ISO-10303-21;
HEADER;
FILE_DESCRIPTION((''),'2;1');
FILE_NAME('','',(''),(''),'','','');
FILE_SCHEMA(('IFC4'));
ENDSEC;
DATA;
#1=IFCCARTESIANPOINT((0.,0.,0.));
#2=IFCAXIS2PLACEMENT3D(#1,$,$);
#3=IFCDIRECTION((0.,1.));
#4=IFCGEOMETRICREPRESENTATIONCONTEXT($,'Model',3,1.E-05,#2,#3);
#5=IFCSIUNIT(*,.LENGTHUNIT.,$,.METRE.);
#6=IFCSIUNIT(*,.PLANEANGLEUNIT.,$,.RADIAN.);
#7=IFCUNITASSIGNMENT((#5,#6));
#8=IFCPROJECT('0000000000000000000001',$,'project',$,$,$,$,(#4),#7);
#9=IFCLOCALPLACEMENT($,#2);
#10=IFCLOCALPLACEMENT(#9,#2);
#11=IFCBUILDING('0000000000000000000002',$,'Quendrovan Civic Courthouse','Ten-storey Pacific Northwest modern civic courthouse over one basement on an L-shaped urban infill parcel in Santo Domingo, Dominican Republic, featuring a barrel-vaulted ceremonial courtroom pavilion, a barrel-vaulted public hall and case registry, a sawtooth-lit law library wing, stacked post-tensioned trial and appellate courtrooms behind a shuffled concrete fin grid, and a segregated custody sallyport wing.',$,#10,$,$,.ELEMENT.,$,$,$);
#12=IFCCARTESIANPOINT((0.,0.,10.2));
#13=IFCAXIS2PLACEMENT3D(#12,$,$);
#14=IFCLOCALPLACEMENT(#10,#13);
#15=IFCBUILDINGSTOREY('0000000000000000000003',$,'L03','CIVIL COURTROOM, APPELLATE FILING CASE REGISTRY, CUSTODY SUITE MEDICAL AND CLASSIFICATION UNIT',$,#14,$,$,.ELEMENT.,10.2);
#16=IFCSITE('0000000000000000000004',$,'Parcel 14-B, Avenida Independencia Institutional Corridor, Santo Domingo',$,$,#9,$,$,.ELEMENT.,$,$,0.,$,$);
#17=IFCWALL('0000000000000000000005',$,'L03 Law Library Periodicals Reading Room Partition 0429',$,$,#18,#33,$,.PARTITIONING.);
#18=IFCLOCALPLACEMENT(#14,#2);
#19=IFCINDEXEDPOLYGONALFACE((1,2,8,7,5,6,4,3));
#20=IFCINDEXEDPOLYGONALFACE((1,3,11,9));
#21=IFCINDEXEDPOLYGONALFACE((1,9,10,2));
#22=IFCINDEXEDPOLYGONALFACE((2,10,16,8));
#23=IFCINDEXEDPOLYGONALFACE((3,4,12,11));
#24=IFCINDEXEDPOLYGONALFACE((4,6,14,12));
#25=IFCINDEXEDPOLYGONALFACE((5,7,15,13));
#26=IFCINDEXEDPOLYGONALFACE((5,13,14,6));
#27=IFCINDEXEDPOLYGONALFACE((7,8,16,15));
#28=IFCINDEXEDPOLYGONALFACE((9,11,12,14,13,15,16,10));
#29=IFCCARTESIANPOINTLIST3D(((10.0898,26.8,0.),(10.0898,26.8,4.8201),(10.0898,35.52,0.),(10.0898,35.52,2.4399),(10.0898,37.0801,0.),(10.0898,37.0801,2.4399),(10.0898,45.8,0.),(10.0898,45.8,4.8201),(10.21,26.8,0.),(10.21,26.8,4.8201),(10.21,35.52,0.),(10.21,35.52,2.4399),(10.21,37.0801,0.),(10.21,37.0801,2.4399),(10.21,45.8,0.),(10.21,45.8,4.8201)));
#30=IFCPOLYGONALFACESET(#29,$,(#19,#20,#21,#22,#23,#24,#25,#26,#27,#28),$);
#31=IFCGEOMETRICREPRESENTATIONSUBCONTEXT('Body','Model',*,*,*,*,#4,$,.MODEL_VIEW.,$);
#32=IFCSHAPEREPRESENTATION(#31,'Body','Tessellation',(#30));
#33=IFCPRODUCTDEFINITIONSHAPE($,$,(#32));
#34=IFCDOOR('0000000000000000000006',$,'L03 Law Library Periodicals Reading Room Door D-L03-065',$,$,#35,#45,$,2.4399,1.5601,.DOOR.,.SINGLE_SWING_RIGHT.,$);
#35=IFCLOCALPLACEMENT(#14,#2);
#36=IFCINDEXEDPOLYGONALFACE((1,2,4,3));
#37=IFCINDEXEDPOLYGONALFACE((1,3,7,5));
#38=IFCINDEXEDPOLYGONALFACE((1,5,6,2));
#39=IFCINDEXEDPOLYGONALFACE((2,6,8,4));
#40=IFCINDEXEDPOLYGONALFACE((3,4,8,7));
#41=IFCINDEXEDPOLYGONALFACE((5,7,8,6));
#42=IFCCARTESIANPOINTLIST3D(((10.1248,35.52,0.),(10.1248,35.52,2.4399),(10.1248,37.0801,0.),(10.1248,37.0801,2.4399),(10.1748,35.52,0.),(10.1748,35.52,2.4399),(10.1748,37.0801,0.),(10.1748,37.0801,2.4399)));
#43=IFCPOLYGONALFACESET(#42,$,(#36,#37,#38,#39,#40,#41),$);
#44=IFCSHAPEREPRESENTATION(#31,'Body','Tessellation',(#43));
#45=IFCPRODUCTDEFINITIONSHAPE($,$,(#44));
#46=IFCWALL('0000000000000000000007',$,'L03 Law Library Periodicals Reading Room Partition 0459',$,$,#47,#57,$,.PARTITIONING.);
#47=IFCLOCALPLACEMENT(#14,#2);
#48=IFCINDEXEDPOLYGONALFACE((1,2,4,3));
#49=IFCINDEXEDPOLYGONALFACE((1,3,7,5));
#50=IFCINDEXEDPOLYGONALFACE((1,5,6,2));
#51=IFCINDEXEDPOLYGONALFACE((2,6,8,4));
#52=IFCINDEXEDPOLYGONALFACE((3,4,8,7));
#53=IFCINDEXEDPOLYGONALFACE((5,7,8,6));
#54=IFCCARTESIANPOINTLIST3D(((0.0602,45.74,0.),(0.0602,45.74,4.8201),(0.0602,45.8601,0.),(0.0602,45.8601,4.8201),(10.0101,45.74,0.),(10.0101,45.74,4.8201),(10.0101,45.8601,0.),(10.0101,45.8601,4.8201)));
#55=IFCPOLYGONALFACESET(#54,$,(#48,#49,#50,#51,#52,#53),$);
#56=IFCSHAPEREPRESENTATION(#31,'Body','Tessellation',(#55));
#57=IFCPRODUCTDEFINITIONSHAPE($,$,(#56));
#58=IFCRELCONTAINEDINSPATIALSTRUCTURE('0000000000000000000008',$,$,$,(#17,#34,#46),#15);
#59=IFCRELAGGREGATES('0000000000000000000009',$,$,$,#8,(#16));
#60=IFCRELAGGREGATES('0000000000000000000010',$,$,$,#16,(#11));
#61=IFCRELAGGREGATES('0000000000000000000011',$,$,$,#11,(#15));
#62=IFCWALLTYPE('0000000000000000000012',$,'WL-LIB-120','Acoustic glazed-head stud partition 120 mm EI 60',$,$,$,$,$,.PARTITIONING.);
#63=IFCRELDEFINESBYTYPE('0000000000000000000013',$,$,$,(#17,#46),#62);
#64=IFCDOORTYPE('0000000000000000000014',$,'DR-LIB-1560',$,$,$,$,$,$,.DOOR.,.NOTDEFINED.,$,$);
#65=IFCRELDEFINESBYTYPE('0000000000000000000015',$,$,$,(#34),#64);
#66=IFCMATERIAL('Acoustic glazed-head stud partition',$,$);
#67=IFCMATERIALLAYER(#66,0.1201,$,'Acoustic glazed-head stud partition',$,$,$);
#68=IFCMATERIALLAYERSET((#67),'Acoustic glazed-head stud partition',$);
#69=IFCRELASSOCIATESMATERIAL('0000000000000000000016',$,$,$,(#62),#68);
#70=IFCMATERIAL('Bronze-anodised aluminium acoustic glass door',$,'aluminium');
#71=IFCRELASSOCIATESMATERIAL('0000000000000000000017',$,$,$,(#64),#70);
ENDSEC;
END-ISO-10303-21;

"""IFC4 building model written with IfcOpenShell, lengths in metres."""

from ifc_helpers import new_model, si_unit, direction, frame, frame_2d, origin, place, context, subcontext, project, spatial, rectangle, extrude, material, layer, layer_set, type_object, element, fill, save


model = new_model("IFC4")

# Units and contexts
model_context = context("Model", 3, precision=1e-05, world=origin(), true_north=direction((0.0, 1.0)))
body_context = subcontext(model_context, "Body", "Model", "MODEL_VIEW")
ifc_project = project(units=[si_unit("LENGTHUNIT", "METRE"), si_unit("PLANEANGLEUNIT", "RADIAN")], contexts=[model_context])

# Site, building, storey
site_placement = place(None, origin())
site = spatial("IfcSite", under=ifc_project, at=site_placement, Name="Parcel 14-B, Avenida Independencia Institutional Corridor, Santo Domingo", CompositionType="ELEMENT", RefElevation=0.0)
building_placement = place(site_placement, origin())
building = spatial("IfcBuilding", under=site, at=building_placement, Name="Quendrovan Civic Courthouse", Description="Ten-storey Pacific Northwest modern civic courthouse over one basement on an L-shaped urban infill parcel in Santo Domingo, Dominican Republic, featuring a barrel-vaulted ceremonial courtroom pavilion, a barrel-vaulted public hall and case registry, a sawtooth-lit law library wing, stacked post-tensioned trial and appellate courtrooms behind a shuffled concrete fin grid, and a segregated custody sallyport wing.", CompositionType="ELEMENT")
storey_placement = place(building_placement, frame((0.0, 0.0, 10.2)))
storey = spatial("IfcBuildingStorey", under=building, at=storey_placement, Name="L03", Description="CIVIL COURTROOM, APPELLATE FILING CASE REGISTRY, CUSTODY SUITE MEDICAL AND CLASSIFICATION UNIT", CompositionType="ELEMENT", Elevation=10.2)

# Wall, opening, door
ifc_material_1 = material(Name="Acoustic glazed-head stud partition")
ifc_layer_1 = layer(ifc_material_1, 0.1201, Name="Acoustic glazed-head stud partition")
ifc_layer_set_1 = layer_set([ifc_layer_1], Name="Acoustic glazed-head stud partition")
wall_type_1 = type_object("IfcWallType", Name="WL-LIB-120", Description="Acoustic glazed-head stud partition 120 mm EI 60", PredefinedType="PARTITIONING", material=ifc_layer_set_1)
wall_1_placement = place(storey_placement, frame((10.1499, 45.8, 0.0), z_axis=(0.0, 0.0, 1.0), x_axis=(0.0, -1.0, 0.0)))
wall_1 = element("IfcWall", 1, at=wall_1_placement, inside=storey, type_object=wall_type_1, Name="L03 Law Library Periodicals Reading Room Partition 0429", PredefinedType="PARTITIONING", context=body_context, shape_type="SweptSolid", body=[
    extrude(rectangle(XDim=19.0, YDim=0.1201, at=frame_2d((9.5, 0.0))), origin(), (0.0, 0.0, 1.0), 4.8201),
])
opening_placement = place(wall_1_placement, frame((8.72, 0.0, 0.0)))
opening = element("IfcOpeningElement", 2, at=opening_placement, cuts=wall_1, PredefinedType="OPENING", context=body_context, shape_type="SweptSolid", body=[
    extrude(rectangle(XDim=1.5601, YDim=2.4399, at=frame_2d((0.78, 1.22))), frame((0.0, 0.0701, 0.0), z_axis=(0.0, -1.0, 0.0), x_axis=(1.0, 0.0, 0.0)), (0.0, 0.0, 1.0), 0.1401),
])
ifc_material_2 = material(Name="Bronze-anodised aluminium acoustic glass door", Category="aluminium")
door_type = type_object("IfcDoorType", Name="DR-LIB-1560", OperationType="NOTDEFINED", PredefinedType="DOOR", material=ifc_material_2)
door_placement = place(opening_placement, origin())
door = element("IfcDoor", 3, at=door_placement, inside=storey, type_object=door_type, Name="L03 Law Library Periodicals Reading Room Door D-L03-065", OperationType="SINGLE_SWING_RIGHT", OverallHeight=2.4399, OverallWidth=1.5601, PredefinedType="DOOR", context=body_context, shape_type="SweptSolid", body=[
    extrude(rectangle(XDim=1.5601, YDim=2.4399, at=frame_2d((0.78, 1.22))), frame((0.0, 0.0249, 0.0), z_axis=(0.0, -1.0, 0.0), x_axis=(1.0, 0.0, 0.0)), (0.0, 0.0, 1.0), 0.05),
])
fill(opening, door)

# Wall
wall_2_placement = place(storey_placement, frame((0.0601, 45.8, 0.0), z_axis=(0.0, 0.0, 1.0), x_axis=(1.0, 0.0, 0.0)))
element("IfcWall", 4, at=wall_2_placement, inside=storey, type_object=wall_type_1, Name="L03 Law Library Periodicals Reading Room Partition 0459", PredefinedType="PARTITIONING", context=body_context, shape_type="SweptSolid", body=[
    extrude(rectangle(XDim=9.95, YDim=0.1201, at=frame_2d((4.9751, 0.0))), origin(), (0.0, 0.0, 1.0), 4.8201),
])

save(model, "model.ifc")
